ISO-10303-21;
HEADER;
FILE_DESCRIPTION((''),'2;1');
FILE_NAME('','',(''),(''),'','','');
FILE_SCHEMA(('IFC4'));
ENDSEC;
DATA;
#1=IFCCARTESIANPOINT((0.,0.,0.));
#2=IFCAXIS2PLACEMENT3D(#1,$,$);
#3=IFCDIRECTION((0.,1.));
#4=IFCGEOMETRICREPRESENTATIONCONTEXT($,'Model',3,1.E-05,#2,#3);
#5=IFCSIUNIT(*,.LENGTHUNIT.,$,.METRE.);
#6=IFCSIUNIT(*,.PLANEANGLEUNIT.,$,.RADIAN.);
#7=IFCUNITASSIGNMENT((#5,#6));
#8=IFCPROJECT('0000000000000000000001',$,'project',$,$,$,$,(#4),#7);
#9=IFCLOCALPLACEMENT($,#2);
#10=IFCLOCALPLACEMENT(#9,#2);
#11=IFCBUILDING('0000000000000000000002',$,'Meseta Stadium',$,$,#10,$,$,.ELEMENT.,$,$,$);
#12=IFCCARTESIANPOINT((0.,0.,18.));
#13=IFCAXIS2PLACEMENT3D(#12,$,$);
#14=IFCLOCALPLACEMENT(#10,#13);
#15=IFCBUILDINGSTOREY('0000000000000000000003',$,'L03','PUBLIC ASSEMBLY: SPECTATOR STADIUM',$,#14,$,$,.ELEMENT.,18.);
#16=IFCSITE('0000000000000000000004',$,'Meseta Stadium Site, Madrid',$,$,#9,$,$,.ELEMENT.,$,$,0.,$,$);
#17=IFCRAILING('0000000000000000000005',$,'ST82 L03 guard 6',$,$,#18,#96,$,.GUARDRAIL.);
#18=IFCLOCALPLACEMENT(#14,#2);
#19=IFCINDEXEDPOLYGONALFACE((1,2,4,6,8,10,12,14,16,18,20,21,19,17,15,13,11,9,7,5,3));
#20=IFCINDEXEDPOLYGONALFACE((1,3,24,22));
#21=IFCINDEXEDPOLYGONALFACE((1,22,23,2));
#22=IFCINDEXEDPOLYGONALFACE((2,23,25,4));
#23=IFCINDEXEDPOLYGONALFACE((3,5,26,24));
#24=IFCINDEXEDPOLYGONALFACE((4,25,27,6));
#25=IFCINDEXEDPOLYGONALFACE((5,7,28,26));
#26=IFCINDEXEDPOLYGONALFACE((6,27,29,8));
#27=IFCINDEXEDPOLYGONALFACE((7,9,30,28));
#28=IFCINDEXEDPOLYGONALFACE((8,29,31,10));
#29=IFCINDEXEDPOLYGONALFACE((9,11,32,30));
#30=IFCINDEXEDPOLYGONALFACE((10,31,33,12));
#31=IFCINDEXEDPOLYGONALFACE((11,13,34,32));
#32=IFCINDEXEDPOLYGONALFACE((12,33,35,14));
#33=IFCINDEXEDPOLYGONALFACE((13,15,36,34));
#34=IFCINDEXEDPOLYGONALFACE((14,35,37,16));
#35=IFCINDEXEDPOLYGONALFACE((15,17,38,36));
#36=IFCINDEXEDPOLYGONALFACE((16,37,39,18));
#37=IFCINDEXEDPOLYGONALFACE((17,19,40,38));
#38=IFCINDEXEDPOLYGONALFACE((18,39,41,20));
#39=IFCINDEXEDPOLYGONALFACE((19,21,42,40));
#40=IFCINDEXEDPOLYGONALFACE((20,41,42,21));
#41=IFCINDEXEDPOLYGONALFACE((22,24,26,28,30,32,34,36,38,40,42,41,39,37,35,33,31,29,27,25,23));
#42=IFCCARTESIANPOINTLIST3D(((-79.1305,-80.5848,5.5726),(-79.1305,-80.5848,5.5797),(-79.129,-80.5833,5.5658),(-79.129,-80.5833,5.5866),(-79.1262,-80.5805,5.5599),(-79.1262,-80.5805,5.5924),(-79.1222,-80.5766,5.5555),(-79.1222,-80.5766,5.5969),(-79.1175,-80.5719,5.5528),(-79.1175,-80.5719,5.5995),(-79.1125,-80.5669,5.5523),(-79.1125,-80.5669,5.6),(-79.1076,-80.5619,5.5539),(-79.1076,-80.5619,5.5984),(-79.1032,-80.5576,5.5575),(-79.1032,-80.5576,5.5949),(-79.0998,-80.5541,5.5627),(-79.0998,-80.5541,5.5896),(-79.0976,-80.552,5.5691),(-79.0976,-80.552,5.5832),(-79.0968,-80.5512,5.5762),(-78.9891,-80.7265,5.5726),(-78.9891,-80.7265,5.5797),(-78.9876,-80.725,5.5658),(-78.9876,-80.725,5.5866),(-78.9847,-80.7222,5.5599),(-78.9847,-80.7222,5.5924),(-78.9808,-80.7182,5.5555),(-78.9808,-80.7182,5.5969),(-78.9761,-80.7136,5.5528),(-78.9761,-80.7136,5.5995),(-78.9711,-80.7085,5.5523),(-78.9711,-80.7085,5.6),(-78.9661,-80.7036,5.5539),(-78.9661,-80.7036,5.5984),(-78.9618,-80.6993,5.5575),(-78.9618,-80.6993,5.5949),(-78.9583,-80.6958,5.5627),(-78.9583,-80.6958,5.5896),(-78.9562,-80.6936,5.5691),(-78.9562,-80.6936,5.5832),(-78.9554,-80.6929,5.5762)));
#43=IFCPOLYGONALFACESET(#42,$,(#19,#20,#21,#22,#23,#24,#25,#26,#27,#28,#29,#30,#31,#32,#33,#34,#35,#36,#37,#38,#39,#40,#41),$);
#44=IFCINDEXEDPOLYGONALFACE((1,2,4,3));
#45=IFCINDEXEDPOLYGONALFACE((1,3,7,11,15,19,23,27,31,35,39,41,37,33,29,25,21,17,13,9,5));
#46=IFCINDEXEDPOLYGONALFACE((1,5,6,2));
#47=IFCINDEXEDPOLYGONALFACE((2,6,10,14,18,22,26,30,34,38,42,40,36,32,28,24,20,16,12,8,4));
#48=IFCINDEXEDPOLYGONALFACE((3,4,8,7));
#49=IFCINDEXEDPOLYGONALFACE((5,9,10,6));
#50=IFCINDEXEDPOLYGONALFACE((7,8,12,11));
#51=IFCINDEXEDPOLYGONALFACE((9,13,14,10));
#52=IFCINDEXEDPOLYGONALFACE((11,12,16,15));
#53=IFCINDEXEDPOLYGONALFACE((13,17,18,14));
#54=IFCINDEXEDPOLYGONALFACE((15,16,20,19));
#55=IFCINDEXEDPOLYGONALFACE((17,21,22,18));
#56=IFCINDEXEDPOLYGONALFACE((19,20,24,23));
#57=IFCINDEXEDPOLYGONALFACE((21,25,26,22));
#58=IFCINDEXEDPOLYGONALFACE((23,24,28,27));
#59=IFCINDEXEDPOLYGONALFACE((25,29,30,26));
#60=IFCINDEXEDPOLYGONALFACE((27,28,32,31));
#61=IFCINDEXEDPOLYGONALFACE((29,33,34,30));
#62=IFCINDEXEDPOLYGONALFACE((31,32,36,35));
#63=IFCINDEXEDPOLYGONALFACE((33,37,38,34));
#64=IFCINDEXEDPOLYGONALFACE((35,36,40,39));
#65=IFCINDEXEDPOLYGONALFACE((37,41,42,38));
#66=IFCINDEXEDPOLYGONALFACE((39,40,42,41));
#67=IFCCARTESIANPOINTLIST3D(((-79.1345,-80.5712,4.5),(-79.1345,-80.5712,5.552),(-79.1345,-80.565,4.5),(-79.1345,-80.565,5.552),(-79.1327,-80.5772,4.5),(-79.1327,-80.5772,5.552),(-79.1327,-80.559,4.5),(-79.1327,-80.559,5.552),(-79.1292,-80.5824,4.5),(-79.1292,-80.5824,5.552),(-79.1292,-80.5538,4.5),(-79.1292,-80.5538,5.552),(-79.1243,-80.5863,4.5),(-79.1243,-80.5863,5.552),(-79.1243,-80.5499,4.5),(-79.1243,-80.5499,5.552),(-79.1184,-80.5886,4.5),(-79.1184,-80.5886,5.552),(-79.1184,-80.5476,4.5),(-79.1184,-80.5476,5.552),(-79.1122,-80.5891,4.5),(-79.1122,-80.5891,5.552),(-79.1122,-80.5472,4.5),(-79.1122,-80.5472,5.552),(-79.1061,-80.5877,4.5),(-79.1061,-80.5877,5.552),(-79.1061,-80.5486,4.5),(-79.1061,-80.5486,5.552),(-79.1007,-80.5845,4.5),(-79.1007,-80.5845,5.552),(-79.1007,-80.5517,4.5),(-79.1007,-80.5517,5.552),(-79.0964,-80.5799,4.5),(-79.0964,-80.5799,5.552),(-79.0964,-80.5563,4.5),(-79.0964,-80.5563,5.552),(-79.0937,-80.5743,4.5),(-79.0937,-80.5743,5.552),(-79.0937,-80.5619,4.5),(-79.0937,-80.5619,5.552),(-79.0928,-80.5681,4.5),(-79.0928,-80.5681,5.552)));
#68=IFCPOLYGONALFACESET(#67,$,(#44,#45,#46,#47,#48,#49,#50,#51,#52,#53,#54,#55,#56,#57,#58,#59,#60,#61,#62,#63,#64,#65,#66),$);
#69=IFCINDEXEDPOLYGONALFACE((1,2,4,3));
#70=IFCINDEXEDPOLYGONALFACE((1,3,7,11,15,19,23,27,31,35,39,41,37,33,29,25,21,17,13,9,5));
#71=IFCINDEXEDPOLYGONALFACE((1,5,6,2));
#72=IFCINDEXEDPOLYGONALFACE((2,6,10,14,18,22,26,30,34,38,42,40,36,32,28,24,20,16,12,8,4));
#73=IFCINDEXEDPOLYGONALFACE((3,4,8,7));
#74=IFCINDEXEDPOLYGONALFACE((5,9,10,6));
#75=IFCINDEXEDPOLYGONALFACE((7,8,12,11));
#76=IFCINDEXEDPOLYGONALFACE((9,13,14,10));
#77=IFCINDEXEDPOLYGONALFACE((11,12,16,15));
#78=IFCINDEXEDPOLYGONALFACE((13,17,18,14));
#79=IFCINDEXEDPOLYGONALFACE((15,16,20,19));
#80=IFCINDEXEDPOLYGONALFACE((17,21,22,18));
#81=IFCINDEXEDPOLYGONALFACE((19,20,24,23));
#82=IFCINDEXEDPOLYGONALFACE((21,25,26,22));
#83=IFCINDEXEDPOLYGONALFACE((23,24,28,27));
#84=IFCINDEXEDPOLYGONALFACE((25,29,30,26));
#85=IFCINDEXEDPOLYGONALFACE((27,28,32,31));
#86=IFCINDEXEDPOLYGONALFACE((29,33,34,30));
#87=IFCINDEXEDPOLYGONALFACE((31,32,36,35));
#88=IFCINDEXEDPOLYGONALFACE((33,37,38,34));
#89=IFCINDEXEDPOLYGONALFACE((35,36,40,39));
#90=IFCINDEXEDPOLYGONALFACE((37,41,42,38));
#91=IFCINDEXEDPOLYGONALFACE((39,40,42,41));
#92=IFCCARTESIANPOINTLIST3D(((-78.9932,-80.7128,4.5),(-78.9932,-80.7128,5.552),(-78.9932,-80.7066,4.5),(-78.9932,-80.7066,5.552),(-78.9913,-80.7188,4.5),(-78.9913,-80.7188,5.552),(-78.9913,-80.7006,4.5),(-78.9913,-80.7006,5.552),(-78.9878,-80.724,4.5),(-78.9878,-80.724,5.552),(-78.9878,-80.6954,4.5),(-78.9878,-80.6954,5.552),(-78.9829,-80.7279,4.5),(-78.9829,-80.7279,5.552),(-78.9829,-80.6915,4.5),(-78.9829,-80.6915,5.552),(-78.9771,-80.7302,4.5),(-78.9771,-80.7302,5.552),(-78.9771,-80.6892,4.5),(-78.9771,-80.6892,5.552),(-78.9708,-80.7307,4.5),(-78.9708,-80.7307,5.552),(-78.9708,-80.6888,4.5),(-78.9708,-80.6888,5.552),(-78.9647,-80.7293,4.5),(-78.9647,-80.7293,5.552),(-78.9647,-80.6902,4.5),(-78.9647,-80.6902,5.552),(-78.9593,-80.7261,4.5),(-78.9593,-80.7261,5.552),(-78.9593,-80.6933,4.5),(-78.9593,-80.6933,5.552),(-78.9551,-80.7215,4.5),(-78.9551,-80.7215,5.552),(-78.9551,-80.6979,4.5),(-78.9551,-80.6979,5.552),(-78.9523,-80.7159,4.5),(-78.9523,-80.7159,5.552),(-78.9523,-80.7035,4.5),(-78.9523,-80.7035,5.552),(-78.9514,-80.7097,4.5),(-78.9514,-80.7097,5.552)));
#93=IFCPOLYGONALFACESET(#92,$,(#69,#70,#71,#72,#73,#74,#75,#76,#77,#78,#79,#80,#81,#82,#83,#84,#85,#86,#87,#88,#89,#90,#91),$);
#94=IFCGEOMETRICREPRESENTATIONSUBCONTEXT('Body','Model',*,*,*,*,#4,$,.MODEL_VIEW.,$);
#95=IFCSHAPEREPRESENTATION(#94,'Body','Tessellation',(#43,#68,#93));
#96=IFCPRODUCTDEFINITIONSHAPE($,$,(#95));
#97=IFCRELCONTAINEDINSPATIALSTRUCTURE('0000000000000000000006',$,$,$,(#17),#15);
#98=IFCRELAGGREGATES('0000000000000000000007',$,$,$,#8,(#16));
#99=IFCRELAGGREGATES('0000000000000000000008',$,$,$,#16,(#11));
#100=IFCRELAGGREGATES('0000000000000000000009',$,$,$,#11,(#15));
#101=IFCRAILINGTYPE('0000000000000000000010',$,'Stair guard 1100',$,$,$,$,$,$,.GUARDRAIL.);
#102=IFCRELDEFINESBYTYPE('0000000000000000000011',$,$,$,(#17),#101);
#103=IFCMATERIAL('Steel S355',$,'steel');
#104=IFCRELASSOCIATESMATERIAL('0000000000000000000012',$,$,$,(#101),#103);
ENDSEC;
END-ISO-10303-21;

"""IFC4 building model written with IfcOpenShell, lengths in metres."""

from ifc_helpers import new_model, si_unit, direction, frame, origin, origin_2d, place, context, subcontext, project, spatial, circle, extrude, material, type_object, element, save


model = new_model("IFC4")

# Units and contexts
model_context = context("Model", 3, precision=1e-05, world=origin(), true_north=direction((0.0, 1.0)))
body_context = subcontext(model_context, "Body", "Model", "MODEL_VIEW")
ifc_project = project(units=[si_unit("LENGTHUNIT", "METRE"), si_unit("PLANEANGLEUNIT", "RADIAN")], contexts=[model_context])

# Site, building, storey
site_placement = place(None, origin())
site = spatial("IfcSite", under=ifc_project, at=site_placement, Name="Meseta Stadium Site, Madrid", CompositionType="ELEMENT", RefElevation=0.0)
building_placement = place(site_placement, origin())
building = spatial("IfcBuilding", under=site, at=building_placement, Name="Meseta Stadium", CompositionType="ELEMENT")
storey_placement = place(building_placement, frame((0.0, 0.0, 18.0)))
storey = spatial("IfcBuildingStorey", under=building, at=storey_placement, Name="L03", Description="PUBLIC ASSEMBLY: SPECTATOR STADIUM", CompositionType="ELEMENT", Elevation=18.0)

# Railing
ifc_material_1 = material(Name="Steel S355", Category="steel")
railing_type_1 = type_object("IfcRailingType", Name="Stair guard 1100", PredefinedType="GUARDRAIL", material=ifc_material_1)
railing_1_placement = place(storey_placement, frame((-79.1138, -80.5681, 4.5)))
element("IfcRailing", 1, at=railing_1_placement, inside=storey, type_object=railing_type_1, Name="ST82 L03 guard 6", PredefinedType="GUARDRAIL", context=body_context, shape_type="SweptSolid", body=[
    extrude(circle(Radius=0.0239, at=origin_2d()), frame((0.0, 0.0, 1.0762), z_axis=(0.706496, -0.707717, 0.0), x_axis=(0.707717, 0.706496, 0.0)), (0.0, 0.0, 1.0), 0.2002),
    extrude(circle(Radius=0.021, at=origin_2d()), origin(), (0.0, 0.0, 1.0), 1.052),
    extrude(circle(Radius=0.021, at=origin_2d()), frame((0.1414, -0.1416, 0.0)), (0.0, 0.0, 1.0), 1.052),
])

save(model, "model.ifc")
